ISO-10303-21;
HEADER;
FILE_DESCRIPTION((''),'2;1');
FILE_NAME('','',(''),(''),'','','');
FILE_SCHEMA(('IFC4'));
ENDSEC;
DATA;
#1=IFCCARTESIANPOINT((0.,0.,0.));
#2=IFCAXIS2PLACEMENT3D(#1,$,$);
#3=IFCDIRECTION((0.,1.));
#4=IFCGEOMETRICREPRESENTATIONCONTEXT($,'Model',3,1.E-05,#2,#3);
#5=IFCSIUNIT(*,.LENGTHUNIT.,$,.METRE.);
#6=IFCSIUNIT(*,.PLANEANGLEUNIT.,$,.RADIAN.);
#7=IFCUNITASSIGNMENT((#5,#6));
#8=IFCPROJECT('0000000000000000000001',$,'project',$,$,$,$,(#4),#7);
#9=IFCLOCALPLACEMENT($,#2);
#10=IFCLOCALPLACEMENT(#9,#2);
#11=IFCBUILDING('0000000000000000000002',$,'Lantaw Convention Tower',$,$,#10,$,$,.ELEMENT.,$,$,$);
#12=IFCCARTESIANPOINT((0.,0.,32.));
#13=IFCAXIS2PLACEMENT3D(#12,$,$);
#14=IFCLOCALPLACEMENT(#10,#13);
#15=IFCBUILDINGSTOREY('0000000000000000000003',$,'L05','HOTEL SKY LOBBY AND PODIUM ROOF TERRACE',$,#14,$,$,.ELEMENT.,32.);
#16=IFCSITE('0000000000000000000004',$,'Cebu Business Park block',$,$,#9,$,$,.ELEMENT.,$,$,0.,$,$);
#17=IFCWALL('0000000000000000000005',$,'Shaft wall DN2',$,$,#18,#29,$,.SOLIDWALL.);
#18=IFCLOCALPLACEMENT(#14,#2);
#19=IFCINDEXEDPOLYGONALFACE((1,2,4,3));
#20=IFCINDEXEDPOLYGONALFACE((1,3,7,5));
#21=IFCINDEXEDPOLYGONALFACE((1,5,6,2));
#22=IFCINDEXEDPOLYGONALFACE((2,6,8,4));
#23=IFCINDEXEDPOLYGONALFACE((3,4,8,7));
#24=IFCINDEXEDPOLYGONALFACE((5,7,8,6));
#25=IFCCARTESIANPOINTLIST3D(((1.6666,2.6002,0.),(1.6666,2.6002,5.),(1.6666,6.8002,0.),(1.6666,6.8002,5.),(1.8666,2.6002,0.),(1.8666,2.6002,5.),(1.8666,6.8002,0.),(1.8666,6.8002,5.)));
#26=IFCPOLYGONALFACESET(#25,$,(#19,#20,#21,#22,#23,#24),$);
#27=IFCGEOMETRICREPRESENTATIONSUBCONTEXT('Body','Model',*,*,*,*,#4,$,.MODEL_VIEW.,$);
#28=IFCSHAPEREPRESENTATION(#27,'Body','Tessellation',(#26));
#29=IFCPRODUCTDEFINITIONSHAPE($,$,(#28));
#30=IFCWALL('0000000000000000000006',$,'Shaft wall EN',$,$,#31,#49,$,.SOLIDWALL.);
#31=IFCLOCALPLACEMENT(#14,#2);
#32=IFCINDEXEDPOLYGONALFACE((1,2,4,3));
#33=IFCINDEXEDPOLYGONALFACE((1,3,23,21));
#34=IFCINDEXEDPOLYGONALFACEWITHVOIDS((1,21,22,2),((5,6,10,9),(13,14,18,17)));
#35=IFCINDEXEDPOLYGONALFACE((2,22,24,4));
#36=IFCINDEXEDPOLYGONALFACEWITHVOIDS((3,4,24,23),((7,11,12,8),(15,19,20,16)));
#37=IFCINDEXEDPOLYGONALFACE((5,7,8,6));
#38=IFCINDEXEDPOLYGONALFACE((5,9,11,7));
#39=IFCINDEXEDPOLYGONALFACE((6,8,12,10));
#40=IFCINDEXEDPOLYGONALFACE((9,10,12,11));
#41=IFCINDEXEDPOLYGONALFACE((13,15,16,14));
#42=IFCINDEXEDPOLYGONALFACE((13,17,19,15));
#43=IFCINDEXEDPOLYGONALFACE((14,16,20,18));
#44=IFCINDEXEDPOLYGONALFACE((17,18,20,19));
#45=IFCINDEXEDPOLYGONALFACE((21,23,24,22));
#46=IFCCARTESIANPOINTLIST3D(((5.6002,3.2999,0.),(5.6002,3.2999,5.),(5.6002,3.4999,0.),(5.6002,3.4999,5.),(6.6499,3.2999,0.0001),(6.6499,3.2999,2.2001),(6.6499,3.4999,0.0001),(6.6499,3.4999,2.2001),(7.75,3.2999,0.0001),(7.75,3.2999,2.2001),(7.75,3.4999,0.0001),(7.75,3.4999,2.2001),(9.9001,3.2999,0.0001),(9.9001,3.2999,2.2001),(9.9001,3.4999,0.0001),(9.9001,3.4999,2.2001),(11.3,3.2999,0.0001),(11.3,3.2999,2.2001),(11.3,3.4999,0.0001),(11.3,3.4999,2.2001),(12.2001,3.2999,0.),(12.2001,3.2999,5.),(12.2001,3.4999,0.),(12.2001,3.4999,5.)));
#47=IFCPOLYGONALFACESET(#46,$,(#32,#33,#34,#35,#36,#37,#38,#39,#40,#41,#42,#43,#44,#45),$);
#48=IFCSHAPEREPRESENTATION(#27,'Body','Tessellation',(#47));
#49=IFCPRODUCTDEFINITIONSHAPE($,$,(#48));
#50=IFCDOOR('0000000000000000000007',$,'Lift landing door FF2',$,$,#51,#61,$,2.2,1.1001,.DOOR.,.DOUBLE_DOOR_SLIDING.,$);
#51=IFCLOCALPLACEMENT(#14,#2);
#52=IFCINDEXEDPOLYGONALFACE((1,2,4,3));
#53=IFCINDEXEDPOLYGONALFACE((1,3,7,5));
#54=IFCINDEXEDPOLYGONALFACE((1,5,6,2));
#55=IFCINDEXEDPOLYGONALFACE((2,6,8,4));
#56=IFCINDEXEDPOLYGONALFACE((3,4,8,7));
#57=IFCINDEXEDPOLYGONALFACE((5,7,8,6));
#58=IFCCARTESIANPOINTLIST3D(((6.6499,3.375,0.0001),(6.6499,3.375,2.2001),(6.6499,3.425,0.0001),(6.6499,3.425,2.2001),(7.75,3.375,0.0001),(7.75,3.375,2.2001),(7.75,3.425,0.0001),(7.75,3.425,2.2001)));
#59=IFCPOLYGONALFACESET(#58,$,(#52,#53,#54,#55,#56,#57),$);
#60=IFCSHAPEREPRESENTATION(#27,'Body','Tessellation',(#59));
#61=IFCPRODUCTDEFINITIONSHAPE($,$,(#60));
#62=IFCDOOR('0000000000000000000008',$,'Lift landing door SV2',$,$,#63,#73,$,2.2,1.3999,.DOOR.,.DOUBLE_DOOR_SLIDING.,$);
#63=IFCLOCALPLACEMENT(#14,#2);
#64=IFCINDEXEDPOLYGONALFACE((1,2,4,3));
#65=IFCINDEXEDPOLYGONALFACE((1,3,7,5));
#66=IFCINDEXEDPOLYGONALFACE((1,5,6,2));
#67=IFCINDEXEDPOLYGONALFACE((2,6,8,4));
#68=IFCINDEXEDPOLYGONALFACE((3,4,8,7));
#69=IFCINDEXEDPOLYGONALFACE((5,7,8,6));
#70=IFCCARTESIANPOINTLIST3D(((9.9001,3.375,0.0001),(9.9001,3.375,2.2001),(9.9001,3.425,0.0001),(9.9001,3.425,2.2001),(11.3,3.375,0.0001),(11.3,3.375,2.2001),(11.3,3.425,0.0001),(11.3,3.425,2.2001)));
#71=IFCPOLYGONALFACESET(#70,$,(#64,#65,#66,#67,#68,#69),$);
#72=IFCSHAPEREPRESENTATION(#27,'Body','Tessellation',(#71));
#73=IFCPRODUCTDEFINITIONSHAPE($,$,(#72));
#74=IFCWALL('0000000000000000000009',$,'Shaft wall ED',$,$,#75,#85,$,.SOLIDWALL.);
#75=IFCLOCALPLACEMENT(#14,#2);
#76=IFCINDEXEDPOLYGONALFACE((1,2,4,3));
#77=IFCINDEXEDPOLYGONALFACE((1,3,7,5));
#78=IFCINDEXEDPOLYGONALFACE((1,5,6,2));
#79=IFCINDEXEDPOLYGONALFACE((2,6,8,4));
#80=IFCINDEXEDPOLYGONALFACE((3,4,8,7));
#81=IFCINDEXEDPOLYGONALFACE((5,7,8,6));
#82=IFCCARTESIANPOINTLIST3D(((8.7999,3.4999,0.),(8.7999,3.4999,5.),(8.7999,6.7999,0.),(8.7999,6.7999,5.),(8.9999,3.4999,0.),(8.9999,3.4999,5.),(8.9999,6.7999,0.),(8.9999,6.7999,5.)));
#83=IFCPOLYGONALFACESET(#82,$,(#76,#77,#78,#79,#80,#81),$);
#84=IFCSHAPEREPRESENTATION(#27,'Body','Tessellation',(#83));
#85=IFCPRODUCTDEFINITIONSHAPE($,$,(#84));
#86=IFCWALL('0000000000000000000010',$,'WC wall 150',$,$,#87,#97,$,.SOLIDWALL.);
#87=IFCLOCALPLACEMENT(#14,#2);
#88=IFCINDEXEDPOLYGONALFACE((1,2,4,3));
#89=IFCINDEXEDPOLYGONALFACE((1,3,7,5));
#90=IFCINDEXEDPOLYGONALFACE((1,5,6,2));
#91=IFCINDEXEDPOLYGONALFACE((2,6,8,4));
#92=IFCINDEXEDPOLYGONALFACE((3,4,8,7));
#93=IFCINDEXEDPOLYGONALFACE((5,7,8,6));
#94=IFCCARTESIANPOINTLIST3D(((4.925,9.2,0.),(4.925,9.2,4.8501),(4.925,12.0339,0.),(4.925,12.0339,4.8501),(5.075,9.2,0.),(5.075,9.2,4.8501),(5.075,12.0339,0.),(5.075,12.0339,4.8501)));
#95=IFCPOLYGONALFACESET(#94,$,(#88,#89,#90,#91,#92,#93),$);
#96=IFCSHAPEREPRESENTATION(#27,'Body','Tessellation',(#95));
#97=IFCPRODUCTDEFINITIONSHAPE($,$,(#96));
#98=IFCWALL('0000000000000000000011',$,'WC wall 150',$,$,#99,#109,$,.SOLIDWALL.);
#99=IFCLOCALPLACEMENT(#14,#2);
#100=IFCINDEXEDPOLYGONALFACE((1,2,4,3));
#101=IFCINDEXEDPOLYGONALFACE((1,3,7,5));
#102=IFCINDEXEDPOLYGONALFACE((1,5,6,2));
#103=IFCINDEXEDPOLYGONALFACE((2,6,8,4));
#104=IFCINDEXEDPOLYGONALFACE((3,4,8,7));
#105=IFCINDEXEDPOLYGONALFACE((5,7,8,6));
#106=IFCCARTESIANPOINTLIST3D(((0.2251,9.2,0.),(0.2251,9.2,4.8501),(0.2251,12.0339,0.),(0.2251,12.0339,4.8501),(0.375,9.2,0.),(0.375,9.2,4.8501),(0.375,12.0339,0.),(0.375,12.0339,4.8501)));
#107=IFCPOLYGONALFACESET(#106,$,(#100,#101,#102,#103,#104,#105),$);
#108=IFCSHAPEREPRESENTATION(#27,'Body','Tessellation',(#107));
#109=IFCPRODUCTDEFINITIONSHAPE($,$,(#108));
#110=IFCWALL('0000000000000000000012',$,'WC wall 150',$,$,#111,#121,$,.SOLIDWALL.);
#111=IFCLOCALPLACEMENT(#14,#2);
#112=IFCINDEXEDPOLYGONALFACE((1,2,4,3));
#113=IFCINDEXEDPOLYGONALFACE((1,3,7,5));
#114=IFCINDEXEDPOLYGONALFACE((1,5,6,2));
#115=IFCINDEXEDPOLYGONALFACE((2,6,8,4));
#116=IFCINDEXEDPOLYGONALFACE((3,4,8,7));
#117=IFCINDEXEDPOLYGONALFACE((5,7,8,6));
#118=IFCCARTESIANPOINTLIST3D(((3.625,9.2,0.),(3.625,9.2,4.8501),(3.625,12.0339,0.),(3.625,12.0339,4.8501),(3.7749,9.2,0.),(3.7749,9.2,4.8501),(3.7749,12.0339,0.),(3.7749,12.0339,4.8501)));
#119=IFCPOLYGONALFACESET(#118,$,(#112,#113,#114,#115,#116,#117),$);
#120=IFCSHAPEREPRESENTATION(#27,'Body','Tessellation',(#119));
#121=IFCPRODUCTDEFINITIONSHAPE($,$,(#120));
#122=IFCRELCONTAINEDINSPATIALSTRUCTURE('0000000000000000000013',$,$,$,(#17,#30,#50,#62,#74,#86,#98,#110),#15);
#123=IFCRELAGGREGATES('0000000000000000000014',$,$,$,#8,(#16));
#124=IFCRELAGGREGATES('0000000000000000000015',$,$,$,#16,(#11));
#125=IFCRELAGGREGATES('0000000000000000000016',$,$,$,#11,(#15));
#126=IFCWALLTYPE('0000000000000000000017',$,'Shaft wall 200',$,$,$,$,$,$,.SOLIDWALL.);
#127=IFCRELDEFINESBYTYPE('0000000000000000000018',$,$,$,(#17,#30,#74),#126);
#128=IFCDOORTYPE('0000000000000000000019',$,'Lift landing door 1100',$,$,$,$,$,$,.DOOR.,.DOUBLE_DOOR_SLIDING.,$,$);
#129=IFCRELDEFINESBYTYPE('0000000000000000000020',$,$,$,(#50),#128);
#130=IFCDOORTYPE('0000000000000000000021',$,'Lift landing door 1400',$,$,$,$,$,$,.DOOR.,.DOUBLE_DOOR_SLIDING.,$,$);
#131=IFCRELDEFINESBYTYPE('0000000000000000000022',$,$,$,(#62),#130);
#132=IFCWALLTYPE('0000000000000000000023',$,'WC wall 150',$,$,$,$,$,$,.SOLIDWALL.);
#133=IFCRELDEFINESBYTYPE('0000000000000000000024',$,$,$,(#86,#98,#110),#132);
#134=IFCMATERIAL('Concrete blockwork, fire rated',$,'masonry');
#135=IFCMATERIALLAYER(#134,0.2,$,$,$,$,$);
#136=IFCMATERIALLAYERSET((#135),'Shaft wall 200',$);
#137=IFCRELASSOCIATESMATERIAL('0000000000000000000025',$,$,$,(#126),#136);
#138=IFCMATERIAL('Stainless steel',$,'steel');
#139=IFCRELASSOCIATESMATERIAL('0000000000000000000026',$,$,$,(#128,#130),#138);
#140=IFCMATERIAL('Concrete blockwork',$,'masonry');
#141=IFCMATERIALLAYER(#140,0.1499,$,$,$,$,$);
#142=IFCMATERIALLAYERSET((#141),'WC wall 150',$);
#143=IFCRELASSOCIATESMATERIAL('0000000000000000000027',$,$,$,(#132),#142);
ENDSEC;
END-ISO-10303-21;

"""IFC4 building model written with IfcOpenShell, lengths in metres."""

from ifc_helpers import new_model, si_unit, direction, frame, frame_2d, origin, place, context, subcontext, project, spatial, rectangle, extrude, material, layer, layer_set, type_object, element, fill, save


model = new_model("IFC4")

# Units and contexts
model_context = context("Model", 3, precision=1e-05, world=origin(), true_north=direction((0.0, 1.0)))
body_context = subcontext(model_context, "Body", "Model", "MODEL_VIEW")
ifc_project = project(units=[si_unit("LENGTHUNIT", "METRE"), si_unit("PLANEANGLEUNIT", "RADIAN")], contexts=[model_context])

# Site, building, storey
site_placement = place(None, origin())
site = spatial("IfcSite", under=ifc_project, at=site_placement, Name="Cebu Business Park block", CompositionType="ELEMENT", RefElevation=0.0)
building_placement = place(site_placement, origin())
building = spatial("IfcBuilding", under=site, at=building_placement, Name="Lantaw Convention Tower", CompositionType="ELEMENT")
storey_placement = place(building_placement, frame((0.0, 0.0, 32.0)))
storey = spatial("IfcBuildingStorey", under=building, at=storey_placement, Name="L05", Description="HOTEL SKY LOBBY AND PODIUM ROOF TERRACE", CompositionType="ELEMENT", Elevation=32.0)

# Wall
ifc_material_1 = material(Name="Concrete blockwork, fire rated", Category="masonry")
ifc_layer_1 = layer(ifc_material_1, 0.2)
ifc_layer_set_1 = layer_set([ifc_layer_1], Name="Shaft wall 200")
wall_type_1 = type_object("IfcWallType", Name="Shaft wall 200", PredefinedType="SOLIDWALL", material=ifc_layer_set_1)
wall_1_placement = place(storey_placement, frame((1.7666, 2.6001, 0.0), z_axis=(0.0, 0.0, 1.0), x_axis=(0.0, 1.0, 0.0)))
element("IfcWall", 1, at=wall_1_placement, inside=storey, type_object=wall_type_1, Name="Shaft wall DN2", PredefinedType="SOLIDWALL", context=body_context, shape_type="SweptSolid", body=[
    extrude(rectangle(XDim=4.2, YDim=0.2, at=frame_2d((2.1001, 0.0))), origin(), (0.0, 0.0, 1.0), 5.0),
])

# Wall, openings, doors
wall_2_placement = place(storey_placement, frame((12.2, 3.3999, 0.0), z_axis=(0.0, 0.0, 1.0), x_axis=(-1.0, 0.0, 0.0)))
wall_2 = element("IfcWall", 2, at=wall_2_placement, inside=storey, type_object=wall_type_1, Name="Shaft wall EN", PredefinedType="SOLIDWALL", context=body_context, shape_type="SweptSolid", body=[
    extrude(rectangle(XDim=6.5999, YDim=0.2, at=frame_2d((3.2998, 0.0))), origin(), (0.0, 0.0, 1.0), 5.0),
])
opening_1_placement = place(wall_2_placement, frame((4.45, 0.0, 0.0)))
opening_1 = element("IfcOpeningElement", 3, at=opening_1_placement, cuts=wall_2, PredefinedType="OPENING", context=body_context, shape_type="SweptSolid", body=[
    extrude(rectangle(XDim=1.1001, YDim=2.2, at=frame_2d((0.55, 1.1001))), frame((0.0, 0.1099, 0.0), z_axis=(0.0, -1.0, 0.0), x_axis=(1.0, 0.0, 0.0)), (0.0, 0.0, 1.0), 0.22),
])
opening_2_placement = place(wall_2_placement, frame((0.8999, 0.0, 0.0)))
opening_2 = element("IfcOpeningElement", 4, at=opening_2_placement, cuts=wall_2, PredefinedType="OPENING", context=body_context, shape_type="SweptSolid", body=[
    extrude(rectangle(XDim=1.3999, YDim=2.2, at=frame_2d((0.7, 1.1001))), frame((0.0, 0.1099, 0.0), z_axis=(0.0, -1.0, 0.0), x_axis=(1.0, 0.0, 0.0)), (0.0, 0.0, 1.0), 0.22),
])
ifc_material_2 = material(Name="Stainless steel", Category="steel")
door_type_1 = type_object("IfcDoorType", Name="Lift landing door 1100", OperationType="DOUBLE_DOOR_SLIDING", PredefinedType="DOOR", material=ifc_material_2)
door_1_placement = place(opening_1_placement, origin())
door_1 = element("IfcDoor", 5, at=door_1_placement, inside=storey, type_object=door_type_1, Name="Lift landing door FF2", OperationType="DOUBLE_DOOR_SLIDING", OverallHeight=2.2, OverallWidth=1.1001, PredefinedType="DOOR", context=body_context, shape_type="SweptSolid", body=[
    extrude(rectangle(XDim=1.1001, YDim=2.2, at=frame_2d((0.55, 1.1001))), frame((0.0, 0.0249, 0.0), z_axis=(0.0, -1.0, 0.0), x_axis=(1.0, 0.0, 0.0)), (0.0, 0.0, 1.0), 0.05),
])
fill(opening_1, door_1)
door_type_2 = type_object("IfcDoorType", Name="Lift landing door 1400", OperationType="DOUBLE_DOOR_SLIDING", PredefinedType="DOOR", material=ifc_material_2)
door_2_placement = place(opening_2_placement, origin())
door_2 = element("IfcDoor", 6, at=door_2_placement, inside=storey, type_object=door_type_2, Name="Lift landing door SV2", OperationType="DOUBLE_DOOR_SLIDING", OverallHeight=2.2, OverallWidth=1.3999, PredefinedType="DOOR", context=body_context, shape_type="SweptSolid", body=[
    extrude(rectangle(XDim=1.3999, YDim=2.2, at=frame_2d((0.7, 1.1001))), frame((0.0, 0.0249, 0.0), z_axis=(0.0, -1.0, 0.0), x_axis=(1.0, 0.0, 0.0)), (0.0, 0.0, 1.0), 0.05),
])
fill(opening_2, door_2)

# Walls
wall_3_placement = place(storey_placement, frame((8.8999, 3.5, 0.0), z_axis=(0.0, 0.0, 1.0), x_axis=(0.0, 1.0, 0.0)))
element("IfcWall", 7, at=wall_3_placement, inside=storey, type_object=wall_type_1, Name="Shaft wall ED", PredefinedType="SOLIDWALL", context=body_context, shape_type="SweptSolid", body=[
    extrude(rectangle(XDim=3.3, YDim=0.2, at=frame_2d((1.6499, 0.0))), origin(), (0.0, 0.0, 1.0), 5.0),
])
ifc_material_3 = material(Name="Concrete blockwork", Category="masonry")
ifc_layer_2 = layer(ifc_material_3, 0.1499)
ifc_layer_set_2 = layer_set([ifc_layer_2], Name="WC wall 150")
wall_type_2 = type_object("IfcWallType", Name="WC wall 150", PredefinedType="SOLIDWALL", material=ifc_layer_set_2)
for number, where, z_axis, x_axis, name in (
    (8, (5.0, 9.2, 0.0), (0.0, 0.0, 1.0), (0.0, 1.0, 0.0), "WC wall 150"),
    (9, (0.3, 9.2, 0.0), (0.0, 0.0, 1.0), (0.0, 1.0, 0.0), "WC wall 150"),
    (10, (3.7, 9.2, 0.0), (0.0, 0.0, 1.0), (0.0, 1.0, 0.0), "WC wall 150"),
):
    element("IfcWall", number, at=place(storey_placement, frame(where, z_axis=z_axis, x_axis=x_axis)), inside=storey, type_object=wall_type_2, Name=name, PredefinedType="SOLIDWALL", context=body_context, shape_type="SweptSolid", body=[
        extrude(rectangle(XDim=2.834, YDim=0.1499, at=frame_2d((1.417, 0.0))), origin(), (0.0, 0.0, 1.0), 4.8501),
    ])

save(model, "model.ifc")
